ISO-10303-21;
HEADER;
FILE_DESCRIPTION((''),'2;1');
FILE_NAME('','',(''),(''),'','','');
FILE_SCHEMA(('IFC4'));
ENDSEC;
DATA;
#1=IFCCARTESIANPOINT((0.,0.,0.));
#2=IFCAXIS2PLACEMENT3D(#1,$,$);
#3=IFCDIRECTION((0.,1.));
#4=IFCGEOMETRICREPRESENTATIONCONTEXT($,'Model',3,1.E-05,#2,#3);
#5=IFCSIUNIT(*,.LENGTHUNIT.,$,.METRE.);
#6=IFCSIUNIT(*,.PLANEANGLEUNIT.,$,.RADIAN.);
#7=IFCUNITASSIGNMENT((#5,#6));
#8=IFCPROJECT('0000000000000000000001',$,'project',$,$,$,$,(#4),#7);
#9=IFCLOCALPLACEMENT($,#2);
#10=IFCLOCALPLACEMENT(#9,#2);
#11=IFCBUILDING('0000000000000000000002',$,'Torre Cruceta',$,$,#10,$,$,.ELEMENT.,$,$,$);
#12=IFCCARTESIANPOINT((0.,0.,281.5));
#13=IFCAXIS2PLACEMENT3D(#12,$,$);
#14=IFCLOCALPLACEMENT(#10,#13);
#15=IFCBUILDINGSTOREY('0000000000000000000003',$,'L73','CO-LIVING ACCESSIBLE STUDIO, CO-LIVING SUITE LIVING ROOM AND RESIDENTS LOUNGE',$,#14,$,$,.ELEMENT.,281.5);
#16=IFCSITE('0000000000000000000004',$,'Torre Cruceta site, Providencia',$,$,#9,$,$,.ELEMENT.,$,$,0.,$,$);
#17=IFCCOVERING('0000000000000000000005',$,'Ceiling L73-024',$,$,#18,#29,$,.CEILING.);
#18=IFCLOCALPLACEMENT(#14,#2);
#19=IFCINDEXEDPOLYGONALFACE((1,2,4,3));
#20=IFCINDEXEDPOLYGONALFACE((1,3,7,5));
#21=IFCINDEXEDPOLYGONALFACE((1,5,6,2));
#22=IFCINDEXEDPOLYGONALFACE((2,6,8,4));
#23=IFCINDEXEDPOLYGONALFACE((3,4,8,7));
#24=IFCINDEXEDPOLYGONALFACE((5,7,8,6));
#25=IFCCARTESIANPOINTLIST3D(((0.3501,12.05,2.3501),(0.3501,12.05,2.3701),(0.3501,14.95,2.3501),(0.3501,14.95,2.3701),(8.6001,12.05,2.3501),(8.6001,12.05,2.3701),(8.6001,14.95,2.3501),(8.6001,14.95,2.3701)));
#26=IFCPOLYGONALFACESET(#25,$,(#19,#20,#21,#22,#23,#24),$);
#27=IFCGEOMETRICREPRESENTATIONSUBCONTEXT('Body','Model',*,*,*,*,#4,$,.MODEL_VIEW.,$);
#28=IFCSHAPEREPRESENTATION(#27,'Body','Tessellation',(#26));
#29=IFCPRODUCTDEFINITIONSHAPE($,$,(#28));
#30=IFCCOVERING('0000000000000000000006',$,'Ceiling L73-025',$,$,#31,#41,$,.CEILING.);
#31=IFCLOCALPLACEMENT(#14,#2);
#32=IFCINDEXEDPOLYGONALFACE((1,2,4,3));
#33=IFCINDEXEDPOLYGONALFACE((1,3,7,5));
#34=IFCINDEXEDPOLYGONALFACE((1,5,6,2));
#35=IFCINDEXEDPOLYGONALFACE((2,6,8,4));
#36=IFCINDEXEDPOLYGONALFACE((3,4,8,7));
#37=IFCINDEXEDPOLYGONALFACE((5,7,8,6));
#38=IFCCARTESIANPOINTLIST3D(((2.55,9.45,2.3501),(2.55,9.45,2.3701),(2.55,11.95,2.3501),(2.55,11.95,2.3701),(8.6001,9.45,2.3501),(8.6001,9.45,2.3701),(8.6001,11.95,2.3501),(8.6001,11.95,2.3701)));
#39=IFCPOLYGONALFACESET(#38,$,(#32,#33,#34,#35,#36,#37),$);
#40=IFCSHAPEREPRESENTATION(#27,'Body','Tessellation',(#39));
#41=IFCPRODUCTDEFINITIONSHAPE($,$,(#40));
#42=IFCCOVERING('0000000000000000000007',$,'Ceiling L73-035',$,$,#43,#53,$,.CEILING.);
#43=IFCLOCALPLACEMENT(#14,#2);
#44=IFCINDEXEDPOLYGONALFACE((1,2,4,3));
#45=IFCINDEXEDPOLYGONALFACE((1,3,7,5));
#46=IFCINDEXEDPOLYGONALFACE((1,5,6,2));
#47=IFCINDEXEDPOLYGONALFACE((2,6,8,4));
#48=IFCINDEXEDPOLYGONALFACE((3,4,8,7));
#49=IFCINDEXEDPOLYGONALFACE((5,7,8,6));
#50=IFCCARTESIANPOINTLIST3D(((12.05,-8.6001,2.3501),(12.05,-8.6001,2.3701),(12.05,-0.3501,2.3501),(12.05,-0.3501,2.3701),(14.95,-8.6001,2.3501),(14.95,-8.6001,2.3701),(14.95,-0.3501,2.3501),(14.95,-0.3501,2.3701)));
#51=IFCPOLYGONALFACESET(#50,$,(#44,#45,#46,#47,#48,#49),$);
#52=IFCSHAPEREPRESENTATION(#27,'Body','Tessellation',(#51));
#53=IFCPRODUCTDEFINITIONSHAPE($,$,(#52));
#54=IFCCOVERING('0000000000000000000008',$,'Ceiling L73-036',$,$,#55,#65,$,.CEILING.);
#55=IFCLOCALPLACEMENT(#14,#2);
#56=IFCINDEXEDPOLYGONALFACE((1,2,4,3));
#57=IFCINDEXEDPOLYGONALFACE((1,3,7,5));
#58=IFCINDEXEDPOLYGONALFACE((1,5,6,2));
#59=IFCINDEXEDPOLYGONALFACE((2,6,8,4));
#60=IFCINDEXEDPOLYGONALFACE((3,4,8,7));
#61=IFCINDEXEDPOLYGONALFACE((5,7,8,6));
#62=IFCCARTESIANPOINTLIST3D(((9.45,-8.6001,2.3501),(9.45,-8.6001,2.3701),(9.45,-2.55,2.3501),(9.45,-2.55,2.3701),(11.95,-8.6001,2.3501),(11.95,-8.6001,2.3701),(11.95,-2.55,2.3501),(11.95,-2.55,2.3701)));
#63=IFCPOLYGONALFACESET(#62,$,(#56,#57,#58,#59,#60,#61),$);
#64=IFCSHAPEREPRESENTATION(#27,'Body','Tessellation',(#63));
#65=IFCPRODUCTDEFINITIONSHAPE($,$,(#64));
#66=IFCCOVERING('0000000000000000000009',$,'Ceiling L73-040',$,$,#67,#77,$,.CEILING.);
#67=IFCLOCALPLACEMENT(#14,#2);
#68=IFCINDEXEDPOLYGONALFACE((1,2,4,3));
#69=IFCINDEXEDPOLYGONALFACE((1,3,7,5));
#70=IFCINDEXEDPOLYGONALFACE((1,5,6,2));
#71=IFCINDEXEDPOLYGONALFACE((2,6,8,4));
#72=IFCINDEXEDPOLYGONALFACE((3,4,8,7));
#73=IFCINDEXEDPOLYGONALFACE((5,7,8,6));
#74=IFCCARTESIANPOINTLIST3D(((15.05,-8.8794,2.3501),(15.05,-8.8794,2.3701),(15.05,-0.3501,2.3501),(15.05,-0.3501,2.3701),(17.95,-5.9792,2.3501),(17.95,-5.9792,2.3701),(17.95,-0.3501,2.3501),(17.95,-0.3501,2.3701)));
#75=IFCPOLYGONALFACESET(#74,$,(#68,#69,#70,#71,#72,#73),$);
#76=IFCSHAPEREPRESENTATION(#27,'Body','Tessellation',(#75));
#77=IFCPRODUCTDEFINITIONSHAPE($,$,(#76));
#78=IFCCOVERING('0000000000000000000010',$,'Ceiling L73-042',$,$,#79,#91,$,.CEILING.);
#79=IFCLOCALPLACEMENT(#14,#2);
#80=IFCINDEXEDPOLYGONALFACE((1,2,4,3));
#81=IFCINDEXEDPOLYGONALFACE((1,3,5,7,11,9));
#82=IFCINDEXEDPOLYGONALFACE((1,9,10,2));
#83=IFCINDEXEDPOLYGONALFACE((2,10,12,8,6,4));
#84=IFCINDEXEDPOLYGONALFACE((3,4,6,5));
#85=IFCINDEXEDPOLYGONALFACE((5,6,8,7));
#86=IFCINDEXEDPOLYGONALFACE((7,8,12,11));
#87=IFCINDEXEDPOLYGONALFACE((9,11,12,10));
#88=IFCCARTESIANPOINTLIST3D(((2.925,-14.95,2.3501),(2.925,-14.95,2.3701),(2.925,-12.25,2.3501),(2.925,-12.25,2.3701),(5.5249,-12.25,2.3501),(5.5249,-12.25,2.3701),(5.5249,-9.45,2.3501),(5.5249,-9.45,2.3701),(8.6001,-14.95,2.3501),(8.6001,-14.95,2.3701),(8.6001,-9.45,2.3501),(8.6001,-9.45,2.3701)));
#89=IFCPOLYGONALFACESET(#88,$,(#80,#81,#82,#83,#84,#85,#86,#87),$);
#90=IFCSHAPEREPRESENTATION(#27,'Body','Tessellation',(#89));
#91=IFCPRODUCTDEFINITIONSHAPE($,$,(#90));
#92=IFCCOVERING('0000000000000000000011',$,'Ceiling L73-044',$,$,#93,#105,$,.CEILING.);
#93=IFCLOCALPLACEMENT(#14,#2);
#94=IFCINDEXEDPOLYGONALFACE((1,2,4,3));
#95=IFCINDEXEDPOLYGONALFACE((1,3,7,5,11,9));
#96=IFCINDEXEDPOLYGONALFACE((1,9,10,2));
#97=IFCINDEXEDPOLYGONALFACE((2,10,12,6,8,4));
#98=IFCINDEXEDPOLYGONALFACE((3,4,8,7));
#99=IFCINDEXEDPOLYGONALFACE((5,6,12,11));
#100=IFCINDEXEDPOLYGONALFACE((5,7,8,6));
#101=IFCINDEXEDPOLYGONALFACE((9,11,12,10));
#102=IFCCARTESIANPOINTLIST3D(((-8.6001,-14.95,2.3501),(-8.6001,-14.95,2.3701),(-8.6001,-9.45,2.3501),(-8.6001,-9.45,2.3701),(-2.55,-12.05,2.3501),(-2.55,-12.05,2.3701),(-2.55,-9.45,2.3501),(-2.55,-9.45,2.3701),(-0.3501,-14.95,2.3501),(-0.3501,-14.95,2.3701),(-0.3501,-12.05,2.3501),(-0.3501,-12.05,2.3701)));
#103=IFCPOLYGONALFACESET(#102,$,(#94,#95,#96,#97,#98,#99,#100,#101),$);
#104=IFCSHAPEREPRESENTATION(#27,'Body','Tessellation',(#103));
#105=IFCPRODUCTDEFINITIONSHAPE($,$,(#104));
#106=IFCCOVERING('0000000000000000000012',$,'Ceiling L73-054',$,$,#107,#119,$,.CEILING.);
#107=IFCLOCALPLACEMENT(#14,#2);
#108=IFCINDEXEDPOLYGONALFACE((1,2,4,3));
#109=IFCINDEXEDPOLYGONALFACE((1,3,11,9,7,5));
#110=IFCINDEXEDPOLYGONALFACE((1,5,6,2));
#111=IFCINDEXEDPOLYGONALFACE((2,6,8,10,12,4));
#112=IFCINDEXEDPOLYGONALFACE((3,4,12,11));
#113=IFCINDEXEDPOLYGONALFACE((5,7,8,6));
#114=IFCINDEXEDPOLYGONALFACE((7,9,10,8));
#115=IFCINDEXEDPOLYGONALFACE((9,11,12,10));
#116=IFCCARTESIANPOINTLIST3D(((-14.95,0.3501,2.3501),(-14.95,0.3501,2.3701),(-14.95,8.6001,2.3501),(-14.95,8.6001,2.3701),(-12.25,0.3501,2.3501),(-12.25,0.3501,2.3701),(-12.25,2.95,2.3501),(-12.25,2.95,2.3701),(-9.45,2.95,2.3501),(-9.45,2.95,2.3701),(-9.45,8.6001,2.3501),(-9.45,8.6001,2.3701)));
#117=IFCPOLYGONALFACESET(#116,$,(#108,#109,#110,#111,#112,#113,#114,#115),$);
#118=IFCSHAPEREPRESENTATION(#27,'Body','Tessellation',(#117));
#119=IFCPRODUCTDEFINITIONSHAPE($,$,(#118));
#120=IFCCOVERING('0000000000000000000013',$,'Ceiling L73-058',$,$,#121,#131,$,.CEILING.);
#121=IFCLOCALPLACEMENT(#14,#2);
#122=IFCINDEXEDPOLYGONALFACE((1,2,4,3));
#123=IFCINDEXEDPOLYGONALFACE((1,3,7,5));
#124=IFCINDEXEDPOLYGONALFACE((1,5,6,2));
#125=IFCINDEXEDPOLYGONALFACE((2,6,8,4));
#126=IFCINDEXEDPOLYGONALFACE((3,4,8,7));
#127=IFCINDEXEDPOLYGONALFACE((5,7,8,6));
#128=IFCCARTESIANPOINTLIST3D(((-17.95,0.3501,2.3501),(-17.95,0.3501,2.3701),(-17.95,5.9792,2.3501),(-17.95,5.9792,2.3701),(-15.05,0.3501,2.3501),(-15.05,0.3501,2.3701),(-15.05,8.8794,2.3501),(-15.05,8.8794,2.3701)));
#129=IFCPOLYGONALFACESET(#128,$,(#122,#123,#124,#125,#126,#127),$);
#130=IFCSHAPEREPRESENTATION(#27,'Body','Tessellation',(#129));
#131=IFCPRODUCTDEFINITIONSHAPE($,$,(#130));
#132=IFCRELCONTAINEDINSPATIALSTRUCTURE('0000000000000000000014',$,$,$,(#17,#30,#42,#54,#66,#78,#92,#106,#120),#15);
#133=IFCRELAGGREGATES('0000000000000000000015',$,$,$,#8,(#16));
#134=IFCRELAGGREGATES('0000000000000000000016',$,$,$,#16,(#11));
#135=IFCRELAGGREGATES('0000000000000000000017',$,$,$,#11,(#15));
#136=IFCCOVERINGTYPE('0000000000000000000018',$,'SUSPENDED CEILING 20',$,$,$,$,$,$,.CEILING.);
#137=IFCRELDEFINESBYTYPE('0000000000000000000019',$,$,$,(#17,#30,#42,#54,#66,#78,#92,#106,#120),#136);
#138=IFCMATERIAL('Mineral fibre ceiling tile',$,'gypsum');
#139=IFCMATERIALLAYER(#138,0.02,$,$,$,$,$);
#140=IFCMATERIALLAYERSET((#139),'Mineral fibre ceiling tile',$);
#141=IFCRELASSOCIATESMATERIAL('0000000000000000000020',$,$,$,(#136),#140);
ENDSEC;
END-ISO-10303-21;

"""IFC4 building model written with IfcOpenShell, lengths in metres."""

from ifc_helpers import new_model, si_unit, direction, frame, origin, place, context, subcontext, project, spatial, polyline, outline, extrude, material, layer, layer_set, type_object, element, save


model = new_model("IFC4")

# Units and contexts
model_context = context("Model", 3, precision=1e-05, world=origin(), true_north=direction((0.0, 1.0)))
body_context = subcontext(model_context, "Body", "Model", "MODEL_VIEW")
ifc_project = project(units=[si_unit("LENGTHUNIT", "METRE"), si_unit("PLANEANGLEUNIT", "RADIAN")], contexts=[model_context])

# Site, building, storey
site_placement = place(None, origin())
site = spatial("IfcSite", under=ifc_project, at=site_placement, Name="Torre Cruceta site, Providencia", CompositionType="ELEMENT", RefElevation=0.0)
building_placement = place(site_placement, origin())
building = spatial("IfcBuilding", under=site, at=building_placement, Name="Torre Cruceta", CompositionType="ELEMENT")
storey_placement = place(building_placement, frame((0.0, 0.0, 281.5)))
storey = spatial("IfcBuildingStorey", under=building, at=storey_placement, Name="L73", Description="CO-LIVING ACCESSIBLE STUDIO, CO-LIVING SUITE LIVING ROOM AND RESIDENTS LOUNGE", CompositionType="ELEMENT", Elevation=281.5)

# Coverings
ifc_material_1 = material(Name="Mineral fibre ceiling tile", Category="gypsum")
ifc_layer_1 = layer(ifc_material_1, 0.02)
ifc_layer_set_1 = layer_set([ifc_layer_1], Name="Mineral fibre ceiling tile")
covering_type = type_object("IfcCoveringType", Name="SUSPENDED CEILING 20", PredefinedType="CEILING", material=ifc_layer_set_1)
covering_1_placement = place(storey_placement, frame((0.0, 0.0, 2.3501)))
element("IfcCovering", 1, at=covering_1_placement, inside=storey, type_object=covering_type, Name="Ceiling L73-024", PredefinedType="CEILING", context=body_context, shape_type="SweptSolid", body=[
    extrude(outline(polyline([(8.6001, 14.95), (8.6001, 12.05), (0.3501, 12.05), (0.3501, 14.95), (8.6001, 14.95)])), origin(), (0.0, 0.0, 1.0), 0.02),
])
covering_2_placement = place(storey_placement, frame((0.0, 0.0, 2.3501)))
element("IfcCovering", 2, at=covering_2_placement, inside=storey, type_object=covering_type, Name="Ceiling L73-025", PredefinedType="CEILING", context=body_context, shape_type="SweptSolid", body=[
    extrude(outline(polyline([(8.6001, 9.45), (2.55, 9.45), (2.55, 11.95), (8.6001, 11.95), (8.6001, 9.45)])), origin(), (0.0, 0.0, 1.0), 0.02),
])
covering_3_placement = place(storey_placement, frame((0.0, 0.0, 2.3501)))
element("IfcCovering", 3, at=covering_3_placement, inside=storey, type_object=covering_type, Name="Ceiling L73-035", PredefinedType="CEILING", context=body_context, shape_type="SweptSolid", body=[
    extrude(outline(polyline([(14.95, -8.6001), (12.05, -8.6001), (12.05, -0.3501), (14.95, -0.3501), (14.95, -8.6001)])), origin(), (0.0, 0.0, 1.0), 0.02),
])
covering_4_placement = place(storey_placement, frame((0.0, 0.0, 2.3501)))
element("IfcCovering", 4, at=covering_4_placement, inside=storey, type_object=covering_type, Name="Ceiling L73-036", PredefinedType="CEILING", context=body_context, shape_type="SweptSolid", body=[
    extrude(outline(polyline([(9.45, -8.6001), (9.45, -2.55), (11.95, -2.55), (11.95, -8.6001), (9.45, -8.6001)])), origin(), (0.0, 0.0, 1.0), 0.02),
])
covering_5_placement = place(storey_placement, frame((0.0, 0.0, 2.3501)))
element("IfcCovering", 5, at=covering_5_placement, inside=storey, type_object=covering_type, Name="Ceiling L73-040", PredefinedType="CEILING", context=body_context, shape_type="SweptSolid", body=[
    extrude(outline(polyline([(15.05, -8.8794), (15.05, -0.3501), (17.95, -0.3501), (17.95, -5.9792), (15.05, -8.8794)])), origin(), (0.0, 0.0, 1.0), 0.02),
])
covering_6_placement = place(storey_placement, frame((0.0, 0.0, 2.3501)))
element("IfcCovering", 6, at=covering_6_placement, inside=storey, type_object=covering_type, Name="Ceiling L73-042", PredefinedType="CEILING", context=body_context, shape_type="SweptSolid", body=[
    extrude(outline(polyline([(8.6001, -9.45), (8.6001, -14.95), (2.925, -14.95), (2.925, -12.25), (5.5249, -12.25), (5.5249, -9.45), (8.6001, -9.45)])), origin(), (0.0, 0.0, 1.0), 0.02),
])
covering_7_placement = place(storey_placement, frame((0.0, 0.0, 2.3501)))
element("IfcCovering", 7, at=covering_7_placement, inside=storey, type_object=covering_type, Name="Ceiling L73-044", PredefinedType="CEILING", context=body_context, shape_type="SweptSolid", body=[
    extrude(outline(polyline([(-0.3501, -14.95), (-8.6001, -14.95), (-8.6001, -9.45), (-2.55, -9.45), (-2.55, -12.05), (-0.3501, -12.05), (-0.3501, -14.95)])), origin(), (0.0, 0.0, 1.0), 0.02),
])
covering_8_placement = place(storey_placement, frame((0.0, 0.0, 2.3501)))
element("IfcCovering", 8, at=covering_8_placement, inside=storey, type_object=covering_type, Name="Ceiling L73-054", PredefinedType="CEILING", context=body_context, shape_type="SweptSolid", body=[
    extrude(outline(polyline([(-14.95, 0.3501), (-14.95, 8.6001), (-9.45, 8.6001), (-9.45, 2.95), (-12.25, 2.95), (-12.25, 0.3501), (-14.95, 0.3501)])), origin(), (0.0, 0.0, 1.0), 0.02),
])
covering_9_placement = place(storey_placement, frame((0.0, 0.0, 2.3501)))
element("IfcCovering", 9, at=covering_9_placement, inside=storey, type_object=covering_type, Name="Ceiling L73-058", PredefinedType="CEILING", context=body_context, shape_type="SweptSolid", body=[
    extrude(outline(polyline([(-15.05, 8.8794), (-15.05, 0.3501), (-17.95, 0.3501), (-17.95, 5.9792), (-15.05, 8.8794)])), origin(), (0.0, 0.0, 1.0), 0.02),
])

save(model, "model.ifc")
